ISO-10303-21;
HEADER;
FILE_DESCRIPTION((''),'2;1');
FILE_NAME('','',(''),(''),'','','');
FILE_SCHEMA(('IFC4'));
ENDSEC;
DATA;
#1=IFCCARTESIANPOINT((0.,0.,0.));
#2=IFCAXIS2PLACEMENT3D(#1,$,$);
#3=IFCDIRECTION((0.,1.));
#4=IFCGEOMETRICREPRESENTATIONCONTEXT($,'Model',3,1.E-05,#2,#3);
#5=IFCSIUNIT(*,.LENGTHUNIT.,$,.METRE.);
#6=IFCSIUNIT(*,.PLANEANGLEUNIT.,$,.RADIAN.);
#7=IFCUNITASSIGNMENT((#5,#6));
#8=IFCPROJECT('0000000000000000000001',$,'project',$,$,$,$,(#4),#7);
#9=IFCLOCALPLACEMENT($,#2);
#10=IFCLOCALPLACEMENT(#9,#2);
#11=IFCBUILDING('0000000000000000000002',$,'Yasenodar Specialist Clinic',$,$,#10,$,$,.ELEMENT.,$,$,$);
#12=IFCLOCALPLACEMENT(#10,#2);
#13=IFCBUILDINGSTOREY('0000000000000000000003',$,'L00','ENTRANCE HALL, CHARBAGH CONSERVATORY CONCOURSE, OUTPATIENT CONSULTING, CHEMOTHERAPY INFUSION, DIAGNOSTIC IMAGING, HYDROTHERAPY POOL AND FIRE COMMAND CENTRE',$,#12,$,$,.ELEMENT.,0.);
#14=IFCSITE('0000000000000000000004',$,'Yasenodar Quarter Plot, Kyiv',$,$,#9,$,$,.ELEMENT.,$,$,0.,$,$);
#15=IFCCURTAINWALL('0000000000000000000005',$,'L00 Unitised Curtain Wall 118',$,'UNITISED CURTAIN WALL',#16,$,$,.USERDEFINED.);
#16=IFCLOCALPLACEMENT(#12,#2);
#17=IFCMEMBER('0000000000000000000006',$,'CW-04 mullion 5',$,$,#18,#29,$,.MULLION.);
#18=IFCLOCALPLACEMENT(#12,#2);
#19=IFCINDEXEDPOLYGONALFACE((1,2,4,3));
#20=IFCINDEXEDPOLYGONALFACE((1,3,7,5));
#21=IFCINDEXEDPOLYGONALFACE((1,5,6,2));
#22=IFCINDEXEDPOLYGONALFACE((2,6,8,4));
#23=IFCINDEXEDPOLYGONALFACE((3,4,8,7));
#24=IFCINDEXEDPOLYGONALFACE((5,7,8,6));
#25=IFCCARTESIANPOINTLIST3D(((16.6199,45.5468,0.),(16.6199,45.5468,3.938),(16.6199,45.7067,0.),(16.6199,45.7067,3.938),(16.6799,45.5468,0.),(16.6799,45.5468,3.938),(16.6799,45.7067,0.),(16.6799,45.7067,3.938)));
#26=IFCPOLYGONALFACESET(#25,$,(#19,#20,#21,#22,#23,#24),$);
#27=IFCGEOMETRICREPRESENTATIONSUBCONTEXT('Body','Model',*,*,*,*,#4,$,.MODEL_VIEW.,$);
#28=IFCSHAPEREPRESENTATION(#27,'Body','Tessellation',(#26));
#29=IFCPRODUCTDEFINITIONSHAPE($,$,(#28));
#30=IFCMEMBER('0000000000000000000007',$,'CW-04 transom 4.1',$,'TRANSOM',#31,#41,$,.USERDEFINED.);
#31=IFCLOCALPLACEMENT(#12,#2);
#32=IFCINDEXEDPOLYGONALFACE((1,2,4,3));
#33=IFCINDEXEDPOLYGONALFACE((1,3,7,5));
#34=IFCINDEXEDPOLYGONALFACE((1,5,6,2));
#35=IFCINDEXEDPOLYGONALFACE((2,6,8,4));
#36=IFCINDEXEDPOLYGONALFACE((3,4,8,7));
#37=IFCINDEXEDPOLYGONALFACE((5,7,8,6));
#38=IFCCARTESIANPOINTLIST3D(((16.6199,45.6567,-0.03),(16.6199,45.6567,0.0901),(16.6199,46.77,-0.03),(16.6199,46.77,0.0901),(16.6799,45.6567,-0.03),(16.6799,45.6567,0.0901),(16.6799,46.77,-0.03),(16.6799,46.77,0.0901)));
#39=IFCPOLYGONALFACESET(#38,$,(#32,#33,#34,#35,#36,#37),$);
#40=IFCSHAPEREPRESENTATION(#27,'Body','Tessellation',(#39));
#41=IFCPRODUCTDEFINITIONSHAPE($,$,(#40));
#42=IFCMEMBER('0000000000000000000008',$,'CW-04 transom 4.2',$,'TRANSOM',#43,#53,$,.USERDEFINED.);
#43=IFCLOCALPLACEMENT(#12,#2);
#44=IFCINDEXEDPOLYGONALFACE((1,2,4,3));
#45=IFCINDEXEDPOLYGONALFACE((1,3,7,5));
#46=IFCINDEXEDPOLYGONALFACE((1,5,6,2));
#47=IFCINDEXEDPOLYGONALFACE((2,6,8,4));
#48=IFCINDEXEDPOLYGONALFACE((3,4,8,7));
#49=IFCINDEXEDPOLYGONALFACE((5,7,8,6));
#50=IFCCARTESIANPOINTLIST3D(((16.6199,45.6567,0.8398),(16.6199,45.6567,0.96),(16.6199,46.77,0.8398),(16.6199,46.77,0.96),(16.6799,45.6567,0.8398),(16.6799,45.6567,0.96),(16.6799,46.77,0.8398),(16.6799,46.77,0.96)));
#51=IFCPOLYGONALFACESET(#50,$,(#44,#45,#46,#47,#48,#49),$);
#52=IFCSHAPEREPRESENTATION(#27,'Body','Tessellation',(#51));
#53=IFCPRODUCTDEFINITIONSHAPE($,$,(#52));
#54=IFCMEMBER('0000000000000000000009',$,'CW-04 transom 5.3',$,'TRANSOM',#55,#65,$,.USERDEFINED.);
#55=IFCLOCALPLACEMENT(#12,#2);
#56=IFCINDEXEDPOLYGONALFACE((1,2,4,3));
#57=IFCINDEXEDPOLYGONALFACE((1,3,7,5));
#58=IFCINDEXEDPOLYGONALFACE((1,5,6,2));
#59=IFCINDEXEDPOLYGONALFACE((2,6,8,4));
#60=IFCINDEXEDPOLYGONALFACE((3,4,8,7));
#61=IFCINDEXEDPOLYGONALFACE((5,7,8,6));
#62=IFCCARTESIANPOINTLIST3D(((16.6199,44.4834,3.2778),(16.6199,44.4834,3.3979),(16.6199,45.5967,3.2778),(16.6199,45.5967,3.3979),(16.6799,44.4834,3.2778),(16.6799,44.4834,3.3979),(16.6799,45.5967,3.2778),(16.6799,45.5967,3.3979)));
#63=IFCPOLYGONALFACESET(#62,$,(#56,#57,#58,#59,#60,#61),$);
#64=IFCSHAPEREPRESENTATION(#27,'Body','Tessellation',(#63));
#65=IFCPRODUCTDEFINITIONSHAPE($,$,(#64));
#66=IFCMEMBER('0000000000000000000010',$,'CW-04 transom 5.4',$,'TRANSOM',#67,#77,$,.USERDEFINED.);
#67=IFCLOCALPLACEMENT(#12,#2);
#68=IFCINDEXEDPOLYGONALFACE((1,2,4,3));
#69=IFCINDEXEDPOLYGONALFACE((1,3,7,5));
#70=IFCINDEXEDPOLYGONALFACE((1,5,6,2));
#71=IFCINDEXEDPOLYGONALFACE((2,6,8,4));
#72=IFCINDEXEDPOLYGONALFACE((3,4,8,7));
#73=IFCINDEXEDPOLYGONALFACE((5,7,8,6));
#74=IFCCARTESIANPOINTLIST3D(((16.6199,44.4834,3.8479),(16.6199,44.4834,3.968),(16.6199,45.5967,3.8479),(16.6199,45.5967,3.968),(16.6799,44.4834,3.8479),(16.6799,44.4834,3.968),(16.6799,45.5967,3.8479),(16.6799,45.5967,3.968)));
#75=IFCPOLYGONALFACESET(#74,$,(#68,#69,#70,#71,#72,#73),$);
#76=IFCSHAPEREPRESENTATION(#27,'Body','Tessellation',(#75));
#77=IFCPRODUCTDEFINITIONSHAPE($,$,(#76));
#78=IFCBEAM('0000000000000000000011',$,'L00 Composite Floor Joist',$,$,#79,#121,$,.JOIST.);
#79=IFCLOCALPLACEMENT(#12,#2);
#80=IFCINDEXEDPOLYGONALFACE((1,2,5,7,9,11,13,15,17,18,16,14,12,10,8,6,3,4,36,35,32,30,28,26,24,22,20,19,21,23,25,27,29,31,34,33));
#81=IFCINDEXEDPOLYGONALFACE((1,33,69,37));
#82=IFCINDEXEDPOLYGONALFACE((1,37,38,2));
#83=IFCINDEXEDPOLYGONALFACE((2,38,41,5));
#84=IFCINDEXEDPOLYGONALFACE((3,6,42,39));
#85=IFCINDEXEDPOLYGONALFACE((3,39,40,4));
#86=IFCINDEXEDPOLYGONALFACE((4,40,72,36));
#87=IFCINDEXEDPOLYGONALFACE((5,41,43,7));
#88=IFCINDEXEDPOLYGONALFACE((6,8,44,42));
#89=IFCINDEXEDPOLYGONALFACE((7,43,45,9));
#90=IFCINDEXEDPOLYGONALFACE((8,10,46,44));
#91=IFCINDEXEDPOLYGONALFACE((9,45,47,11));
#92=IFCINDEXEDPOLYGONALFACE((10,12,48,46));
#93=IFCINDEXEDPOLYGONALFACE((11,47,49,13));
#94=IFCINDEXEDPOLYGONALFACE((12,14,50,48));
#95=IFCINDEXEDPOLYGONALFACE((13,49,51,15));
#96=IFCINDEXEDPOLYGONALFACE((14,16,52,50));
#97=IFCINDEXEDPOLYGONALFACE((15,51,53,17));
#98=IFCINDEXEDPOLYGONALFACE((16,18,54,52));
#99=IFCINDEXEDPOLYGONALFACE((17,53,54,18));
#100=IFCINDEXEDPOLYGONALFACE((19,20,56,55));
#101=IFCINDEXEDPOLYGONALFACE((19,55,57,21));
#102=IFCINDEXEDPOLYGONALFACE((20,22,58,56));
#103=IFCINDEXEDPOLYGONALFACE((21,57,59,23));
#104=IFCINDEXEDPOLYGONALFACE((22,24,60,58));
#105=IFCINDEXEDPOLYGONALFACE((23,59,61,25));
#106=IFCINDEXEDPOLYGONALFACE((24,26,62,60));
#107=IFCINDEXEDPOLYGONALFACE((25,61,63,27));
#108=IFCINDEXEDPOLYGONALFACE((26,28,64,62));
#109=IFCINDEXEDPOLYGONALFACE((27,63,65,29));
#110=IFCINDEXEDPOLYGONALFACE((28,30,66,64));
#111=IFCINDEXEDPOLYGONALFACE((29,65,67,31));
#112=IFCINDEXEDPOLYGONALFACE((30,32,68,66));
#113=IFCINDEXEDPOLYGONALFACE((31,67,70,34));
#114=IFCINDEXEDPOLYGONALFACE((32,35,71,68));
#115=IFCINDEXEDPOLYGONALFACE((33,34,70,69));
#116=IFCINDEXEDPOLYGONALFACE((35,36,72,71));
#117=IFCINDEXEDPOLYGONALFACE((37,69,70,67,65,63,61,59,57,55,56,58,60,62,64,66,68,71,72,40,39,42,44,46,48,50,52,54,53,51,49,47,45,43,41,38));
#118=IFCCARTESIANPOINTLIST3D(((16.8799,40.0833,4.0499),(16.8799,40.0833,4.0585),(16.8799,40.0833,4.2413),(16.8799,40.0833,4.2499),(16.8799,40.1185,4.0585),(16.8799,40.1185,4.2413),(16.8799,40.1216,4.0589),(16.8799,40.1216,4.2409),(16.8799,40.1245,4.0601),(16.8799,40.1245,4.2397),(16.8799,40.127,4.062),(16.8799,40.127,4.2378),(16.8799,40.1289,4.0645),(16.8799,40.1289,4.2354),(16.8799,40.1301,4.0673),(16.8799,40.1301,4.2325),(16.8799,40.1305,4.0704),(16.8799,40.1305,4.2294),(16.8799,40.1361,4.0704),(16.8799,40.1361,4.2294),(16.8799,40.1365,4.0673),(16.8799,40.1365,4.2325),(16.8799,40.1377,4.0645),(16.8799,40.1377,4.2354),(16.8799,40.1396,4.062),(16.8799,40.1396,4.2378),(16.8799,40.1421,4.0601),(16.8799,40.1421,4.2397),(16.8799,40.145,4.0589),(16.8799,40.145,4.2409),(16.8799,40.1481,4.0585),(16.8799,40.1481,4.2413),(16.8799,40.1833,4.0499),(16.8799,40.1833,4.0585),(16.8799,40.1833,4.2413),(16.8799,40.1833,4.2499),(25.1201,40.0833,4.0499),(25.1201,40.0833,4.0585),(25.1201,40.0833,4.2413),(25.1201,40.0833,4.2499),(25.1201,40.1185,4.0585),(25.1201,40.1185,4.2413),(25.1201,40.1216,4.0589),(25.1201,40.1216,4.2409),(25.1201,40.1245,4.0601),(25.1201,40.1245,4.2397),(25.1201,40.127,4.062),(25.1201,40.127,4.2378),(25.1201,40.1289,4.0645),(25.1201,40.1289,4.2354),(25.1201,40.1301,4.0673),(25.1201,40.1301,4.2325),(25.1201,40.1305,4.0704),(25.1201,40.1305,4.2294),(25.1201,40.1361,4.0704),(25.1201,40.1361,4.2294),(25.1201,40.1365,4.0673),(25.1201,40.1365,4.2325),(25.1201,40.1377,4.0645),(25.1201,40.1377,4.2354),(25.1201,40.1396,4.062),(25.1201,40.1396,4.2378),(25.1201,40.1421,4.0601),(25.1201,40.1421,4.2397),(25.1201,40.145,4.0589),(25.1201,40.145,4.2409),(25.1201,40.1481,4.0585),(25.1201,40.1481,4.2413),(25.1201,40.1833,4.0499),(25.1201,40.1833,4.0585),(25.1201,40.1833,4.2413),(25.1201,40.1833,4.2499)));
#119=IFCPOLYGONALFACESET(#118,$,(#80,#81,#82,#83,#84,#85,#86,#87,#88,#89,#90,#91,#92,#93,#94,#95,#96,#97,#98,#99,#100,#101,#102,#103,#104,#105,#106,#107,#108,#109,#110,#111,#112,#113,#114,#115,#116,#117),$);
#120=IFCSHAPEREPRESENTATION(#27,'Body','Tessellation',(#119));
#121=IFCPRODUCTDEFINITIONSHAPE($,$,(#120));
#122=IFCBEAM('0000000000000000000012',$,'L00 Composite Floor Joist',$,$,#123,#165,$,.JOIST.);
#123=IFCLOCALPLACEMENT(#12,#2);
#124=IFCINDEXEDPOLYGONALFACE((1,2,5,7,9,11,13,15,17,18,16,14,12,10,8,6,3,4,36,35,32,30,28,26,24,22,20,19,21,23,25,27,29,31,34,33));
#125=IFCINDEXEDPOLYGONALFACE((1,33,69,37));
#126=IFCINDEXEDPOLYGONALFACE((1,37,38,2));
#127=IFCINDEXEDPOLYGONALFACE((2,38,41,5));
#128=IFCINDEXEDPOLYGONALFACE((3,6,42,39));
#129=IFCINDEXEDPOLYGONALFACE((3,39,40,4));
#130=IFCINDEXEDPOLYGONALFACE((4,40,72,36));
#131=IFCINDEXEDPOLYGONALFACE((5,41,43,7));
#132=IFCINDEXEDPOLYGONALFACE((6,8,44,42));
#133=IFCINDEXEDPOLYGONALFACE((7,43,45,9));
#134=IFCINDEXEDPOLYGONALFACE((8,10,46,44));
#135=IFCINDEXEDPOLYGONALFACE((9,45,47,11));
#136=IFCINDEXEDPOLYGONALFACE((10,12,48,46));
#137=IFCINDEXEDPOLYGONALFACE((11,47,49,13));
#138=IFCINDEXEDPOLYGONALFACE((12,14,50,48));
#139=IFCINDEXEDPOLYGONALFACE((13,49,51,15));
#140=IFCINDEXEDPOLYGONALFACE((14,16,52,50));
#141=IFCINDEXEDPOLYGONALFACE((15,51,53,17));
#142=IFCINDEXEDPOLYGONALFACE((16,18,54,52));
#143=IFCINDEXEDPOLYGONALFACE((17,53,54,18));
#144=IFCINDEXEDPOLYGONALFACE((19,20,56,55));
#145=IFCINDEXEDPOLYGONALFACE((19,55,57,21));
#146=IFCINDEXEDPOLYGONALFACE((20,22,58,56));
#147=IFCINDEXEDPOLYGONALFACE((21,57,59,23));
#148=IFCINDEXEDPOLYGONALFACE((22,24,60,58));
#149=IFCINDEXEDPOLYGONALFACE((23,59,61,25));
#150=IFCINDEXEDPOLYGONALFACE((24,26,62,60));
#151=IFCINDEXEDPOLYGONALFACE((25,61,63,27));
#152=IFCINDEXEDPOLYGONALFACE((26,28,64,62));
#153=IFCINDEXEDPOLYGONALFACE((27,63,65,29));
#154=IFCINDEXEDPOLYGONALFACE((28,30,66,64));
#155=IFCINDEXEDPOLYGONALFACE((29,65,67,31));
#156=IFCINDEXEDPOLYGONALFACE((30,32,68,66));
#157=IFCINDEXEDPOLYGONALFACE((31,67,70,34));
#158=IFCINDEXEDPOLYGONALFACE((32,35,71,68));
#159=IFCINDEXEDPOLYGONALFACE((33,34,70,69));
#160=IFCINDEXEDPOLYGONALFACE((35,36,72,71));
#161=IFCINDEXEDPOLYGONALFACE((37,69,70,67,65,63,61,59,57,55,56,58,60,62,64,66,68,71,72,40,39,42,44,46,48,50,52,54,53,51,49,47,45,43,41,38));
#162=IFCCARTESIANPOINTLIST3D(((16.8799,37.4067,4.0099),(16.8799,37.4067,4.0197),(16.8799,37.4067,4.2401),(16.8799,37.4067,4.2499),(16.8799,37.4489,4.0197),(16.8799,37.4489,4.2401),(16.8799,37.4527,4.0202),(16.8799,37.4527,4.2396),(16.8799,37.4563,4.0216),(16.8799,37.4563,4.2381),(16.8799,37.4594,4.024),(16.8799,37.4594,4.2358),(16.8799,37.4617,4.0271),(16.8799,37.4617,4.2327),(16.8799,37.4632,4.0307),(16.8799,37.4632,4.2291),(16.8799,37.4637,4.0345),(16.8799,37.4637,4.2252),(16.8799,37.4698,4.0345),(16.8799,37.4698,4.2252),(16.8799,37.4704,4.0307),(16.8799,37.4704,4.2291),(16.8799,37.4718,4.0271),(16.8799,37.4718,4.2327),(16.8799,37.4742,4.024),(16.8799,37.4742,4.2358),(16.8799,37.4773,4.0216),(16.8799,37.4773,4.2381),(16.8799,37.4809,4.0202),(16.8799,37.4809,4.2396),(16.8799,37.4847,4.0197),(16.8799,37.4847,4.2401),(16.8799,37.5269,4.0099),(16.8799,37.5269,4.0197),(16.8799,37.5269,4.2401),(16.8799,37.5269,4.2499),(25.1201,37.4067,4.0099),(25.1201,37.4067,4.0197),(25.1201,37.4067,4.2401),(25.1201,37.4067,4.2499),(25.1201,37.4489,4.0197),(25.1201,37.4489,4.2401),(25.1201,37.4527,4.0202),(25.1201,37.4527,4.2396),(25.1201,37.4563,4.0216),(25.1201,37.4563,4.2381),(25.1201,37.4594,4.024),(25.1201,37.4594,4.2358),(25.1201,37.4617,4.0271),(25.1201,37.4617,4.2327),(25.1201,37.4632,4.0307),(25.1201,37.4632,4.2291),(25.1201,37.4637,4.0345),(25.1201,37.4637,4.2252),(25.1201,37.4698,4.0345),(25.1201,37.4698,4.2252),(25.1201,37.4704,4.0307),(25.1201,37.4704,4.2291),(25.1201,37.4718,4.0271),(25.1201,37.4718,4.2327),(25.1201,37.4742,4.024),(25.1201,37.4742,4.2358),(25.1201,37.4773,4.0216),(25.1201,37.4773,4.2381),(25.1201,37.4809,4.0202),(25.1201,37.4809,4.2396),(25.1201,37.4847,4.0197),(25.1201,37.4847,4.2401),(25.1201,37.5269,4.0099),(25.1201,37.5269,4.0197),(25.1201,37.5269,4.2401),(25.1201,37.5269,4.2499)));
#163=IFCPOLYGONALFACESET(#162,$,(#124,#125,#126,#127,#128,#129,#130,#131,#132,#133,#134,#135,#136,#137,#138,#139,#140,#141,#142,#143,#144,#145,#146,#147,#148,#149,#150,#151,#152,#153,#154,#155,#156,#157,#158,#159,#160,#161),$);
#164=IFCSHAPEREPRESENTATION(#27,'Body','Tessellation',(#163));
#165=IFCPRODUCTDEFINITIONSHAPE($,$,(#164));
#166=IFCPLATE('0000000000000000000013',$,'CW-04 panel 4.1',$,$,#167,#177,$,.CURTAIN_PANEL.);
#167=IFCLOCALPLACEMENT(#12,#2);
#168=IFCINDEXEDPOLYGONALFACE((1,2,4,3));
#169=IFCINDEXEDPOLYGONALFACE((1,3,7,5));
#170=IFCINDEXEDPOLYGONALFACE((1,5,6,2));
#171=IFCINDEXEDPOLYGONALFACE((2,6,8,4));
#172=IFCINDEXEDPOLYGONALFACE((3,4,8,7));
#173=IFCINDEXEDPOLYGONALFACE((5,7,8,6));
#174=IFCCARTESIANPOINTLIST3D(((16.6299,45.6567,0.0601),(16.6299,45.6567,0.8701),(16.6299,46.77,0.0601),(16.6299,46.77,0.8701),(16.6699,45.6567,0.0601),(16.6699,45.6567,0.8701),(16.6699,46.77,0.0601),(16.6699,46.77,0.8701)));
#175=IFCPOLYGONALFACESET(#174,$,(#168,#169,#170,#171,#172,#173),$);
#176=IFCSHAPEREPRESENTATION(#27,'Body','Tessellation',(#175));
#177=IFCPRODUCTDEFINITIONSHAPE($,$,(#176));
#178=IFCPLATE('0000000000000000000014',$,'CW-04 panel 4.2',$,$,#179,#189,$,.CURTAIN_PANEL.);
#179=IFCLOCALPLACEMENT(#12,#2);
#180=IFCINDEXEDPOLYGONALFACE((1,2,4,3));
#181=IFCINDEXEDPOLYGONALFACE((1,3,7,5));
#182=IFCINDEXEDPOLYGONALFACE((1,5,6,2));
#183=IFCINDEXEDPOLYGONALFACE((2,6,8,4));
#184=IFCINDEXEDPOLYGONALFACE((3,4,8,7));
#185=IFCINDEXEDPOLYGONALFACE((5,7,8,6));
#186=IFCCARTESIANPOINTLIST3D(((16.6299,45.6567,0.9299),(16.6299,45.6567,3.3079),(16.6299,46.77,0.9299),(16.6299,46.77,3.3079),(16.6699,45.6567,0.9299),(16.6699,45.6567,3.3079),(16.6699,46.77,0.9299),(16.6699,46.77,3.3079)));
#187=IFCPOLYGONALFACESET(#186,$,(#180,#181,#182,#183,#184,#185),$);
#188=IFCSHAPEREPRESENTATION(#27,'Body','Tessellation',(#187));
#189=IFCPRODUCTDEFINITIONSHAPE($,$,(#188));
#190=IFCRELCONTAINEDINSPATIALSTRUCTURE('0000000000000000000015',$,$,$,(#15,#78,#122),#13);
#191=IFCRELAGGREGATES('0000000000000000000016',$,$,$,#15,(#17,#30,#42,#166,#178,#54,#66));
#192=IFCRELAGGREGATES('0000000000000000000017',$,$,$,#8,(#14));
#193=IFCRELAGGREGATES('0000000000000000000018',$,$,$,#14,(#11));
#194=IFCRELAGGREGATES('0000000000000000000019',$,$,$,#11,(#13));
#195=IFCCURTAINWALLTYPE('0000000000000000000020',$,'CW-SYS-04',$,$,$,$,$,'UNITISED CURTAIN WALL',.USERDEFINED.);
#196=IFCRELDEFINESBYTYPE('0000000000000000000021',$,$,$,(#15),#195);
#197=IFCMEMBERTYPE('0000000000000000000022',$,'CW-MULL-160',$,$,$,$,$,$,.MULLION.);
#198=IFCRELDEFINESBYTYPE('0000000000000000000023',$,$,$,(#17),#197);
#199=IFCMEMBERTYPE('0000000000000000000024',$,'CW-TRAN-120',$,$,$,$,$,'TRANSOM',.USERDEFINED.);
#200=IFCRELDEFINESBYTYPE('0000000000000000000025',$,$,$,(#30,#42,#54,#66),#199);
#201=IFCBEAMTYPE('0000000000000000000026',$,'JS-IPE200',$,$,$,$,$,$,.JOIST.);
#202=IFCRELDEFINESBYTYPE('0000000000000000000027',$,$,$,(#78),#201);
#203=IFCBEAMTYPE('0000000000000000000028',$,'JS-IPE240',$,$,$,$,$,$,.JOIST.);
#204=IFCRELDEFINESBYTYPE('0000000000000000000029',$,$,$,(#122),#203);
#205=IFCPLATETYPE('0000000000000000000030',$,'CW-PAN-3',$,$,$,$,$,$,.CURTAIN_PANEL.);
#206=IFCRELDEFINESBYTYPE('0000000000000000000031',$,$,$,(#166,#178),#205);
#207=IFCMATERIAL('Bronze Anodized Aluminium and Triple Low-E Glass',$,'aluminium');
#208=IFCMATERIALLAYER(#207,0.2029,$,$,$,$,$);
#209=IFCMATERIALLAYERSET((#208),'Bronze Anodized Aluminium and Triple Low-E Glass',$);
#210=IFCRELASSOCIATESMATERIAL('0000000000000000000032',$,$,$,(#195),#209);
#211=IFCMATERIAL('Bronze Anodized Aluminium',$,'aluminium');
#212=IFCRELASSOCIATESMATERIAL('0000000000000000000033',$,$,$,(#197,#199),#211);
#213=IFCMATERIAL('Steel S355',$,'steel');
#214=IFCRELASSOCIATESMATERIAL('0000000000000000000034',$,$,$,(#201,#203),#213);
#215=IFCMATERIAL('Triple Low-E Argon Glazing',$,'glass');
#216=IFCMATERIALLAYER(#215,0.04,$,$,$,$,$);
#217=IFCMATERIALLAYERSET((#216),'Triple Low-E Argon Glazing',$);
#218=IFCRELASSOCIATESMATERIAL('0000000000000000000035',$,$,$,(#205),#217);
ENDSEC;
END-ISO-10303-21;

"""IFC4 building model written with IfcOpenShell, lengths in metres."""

from ifc_helpers import new_model, si_unit, direction, frame, origin, origin_2d, place, context, subcontext, project, spatial, rectangle, i_section, extrude, material, layer, layer_set, material_profile, profile_set, type_object, element, aggregate, save


model = new_model("IFC4")

# Units and contexts
model_context = context("Model", 3, precision=1e-05, world=origin(), true_north=direction((0.0, 1.0)))
body_context = subcontext(model_context, "Body", "Model", "MODEL_VIEW")
ifc_project = project(units=[si_unit("LENGTHUNIT", "METRE"), si_unit("PLANEANGLEUNIT", "RADIAN")], contexts=[model_context])

# Site, building, storey
site_placement = place(None, origin())
site = spatial("IfcSite", under=ifc_project, at=site_placement, Name="Yasenodar Quarter Plot, Kyiv", CompositionType="ELEMENT", RefElevation=0.0)
building_placement = place(site_placement, origin())
building = spatial("IfcBuilding", under=site, at=building_placement, Name="Yasenodar Specialist Clinic", CompositionType="ELEMENT")
storey_placement = place(building_placement, origin())
storey = spatial("IfcBuildingStorey", under=building, at=storey_placement, Name="L00", Description="ENTRANCE HALL, CHARBAGH CONSERVATORY CONCOURSE, OUTPATIENT CONSULTING, CHEMOTHERAPY INFUSION, DIAGNOSTIC IMAGING, HYDROTHERAPY POOL AND FIRE COMMAND CENTRE", CompositionType="ELEMENT", Elevation=0.0)

# Shared definitions
ifc_material_1 = material(Name="Steel S355", Category="steel")

# Curtain wall, members
ifc_material_2 = material(Name="Bronze Anodized Aluminium and Triple Low-E Glass", Category="aluminium")
ifc_layer_1 = layer(ifc_material_2, 0.2029)
ifc_layer_set_1 = layer_set([ifc_layer_1], Name="Bronze Anodized Aluminium and Triple Low-E Glass")
curtain_wall_type = type_object("IfcCurtainWallType", Name="CW-SYS-04", ElementType="UNITISED CURTAIN WALL", PredefinedType="USERDEFINED", material=ifc_layer_set_1)
curtain_wall_placement = place(storey_placement, origin())
curtain_wall = element("IfcCurtainWall", 1, at=curtain_wall_placement, inside=storey, type_object=curtain_wall_type, Name="L00 Unitised Curtain Wall 118", ObjectType="UNITISED CURTAIN WALL", PredefinedType="USERDEFINED")
ifc_material_3 = material(Name="Bronze Anodized Aluminium", Category="aluminium")
ifc_material_profile_1 = material_profile(ifc_material_3, rectangle(XDim=0.0601, YDim=0.1599, at=origin_2d()), Name="CW-MULL 60x160")
ifc_profile_set_1 = profile_set([ifc_material_profile_1], Name="Bronze Anodized Aluminium")
member_type_1 = type_object("IfcMemberType", Name="CW-MULL-160", PredefinedType="MULLION", material=ifc_profile_set_1)
member_1_placement = place(storey_placement, frame((16.6499, 45.6267, 0.0), z_axis=(0.0, 0.0, 1.0), x_axis=(1.0, 0.0, 0.0)))
member_1 = element("IfcMember", 2, at=member_1_placement, type_object=member_type_1, Name="CW-04 mullion 5", PredefinedType="MULLION", context=body_context, shape_type="SweptSolid", body=[
    extrude(rectangle(XDim=0.0601, YDim=0.1599, at=origin_2d()), origin(), (0.0, 0.0, 1.0), 3.938),
])
ifc_material_profile_2 = material_profile(ifc_material_3, rectangle(XDim=0.0601, YDim=0.1201, at=origin_2d()), Name="CW-TRAN 60x120")
ifc_profile_set_2 = profile_set([ifc_material_profile_2], Name="Bronze Anodized Aluminium")
member_type_2 = type_object("IfcMemberType", Name="CW-TRAN-120", ElementType="TRANSOM", PredefinedType="USERDEFINED", material=ifc_profile_set_2)
member_2_placement = place(storey_placement, frame((16.6499, 46.77, 0.03), z_axis=(0.0, -1.0, 0.0), x_axis=(1.0, 0.0, 0.0)))
member_2 = element("IfcMember", 3, at=member_2_placement, type_object=member_type_2, Name="CW-04 transom 4.1", ObjectType="TRANSOM", PredefinedType="USERDEFINED", context=body_context, shape_type="SweptSolid", body=[
    extrude(rectangle(XDim=0.0601, YDim=0.1201, at=origin_2d()), origin(), (0.0, 0.0, 1.0), 1.1133),
])
member_3_placement = place(storey_placement, frame((16.6499, 46.77, 0.8999), z_axis=(0.0, -1.0, 0.0), x_axis=(1.0, 0.0, 0.0)))
member_3 = element("IfcMember", 4, at=member_3_placement, type_object=member_type_2, Name="CW-04 transom 4.2", ObjectType="TRANSOM", PredefinedType="USERDEFINED", context=body_context, shape_type="SweptSolid", body=[
    extrude(rectangle(XDim=0.0601, YDim=0.1201, at=origin_2d()), origin(), (0.0, 0.0, 1.0), 1.1133),
])
member_4_placement = place(storey_placement, frame((16.6499, 45.5967, 3.3379), z_axis=(0.0, -1.0, 0.0), x_axis=(1.0, 0.0, 0.0)))
member_4 = element("IfcMember", 5, at=member_4_placement, type_object=member_type_2, Name="CW-04 transom 5.3", ObjectType="TRANSOM", PredefinedType="USERDEFINED", context=body_context, shape_type="SweptSolid", body=[
    extrude(rectangle(XDim=0.0601, YDim=0.1201, at=origin_2d()), origin(), (0.0, 0.0, 1.0), 1.1133),
])
member_5_placement = place(storey_placement, frame((16.6499, 45.5967, 3.908), z_axis=(0.0, -1.0, 0.0), x_axis=(1.0, 0.0, 0.0)))
member_5 = element("IfcMember", 6, at=member_5_placement, type_object=member_type_2, Name="CW-04 transom 5.4", ObjectType="TRANSOM", PredefinedType="USERDEFINED", context=body_context, shape_type="SweptSolid", body=[
    extrude(rectangle(XDim=0.0601, YDim=0.1201, at=origin_2d()), origin(), (0.0, 0.0, 1.0), 1.1133),
])

# Beams
ifc_material_profile_3 = material_profile(ifc_material_1, i_section(OverallWidth=0.1001, OverallDepth=0.2, WebThickness=0.0056, FlangeThickness=0.0085, FilletRadius=0.012, at=origin_2d()), Name="IPE 200")
ifc_profile_set_3 = profile_set([ifc_material_profile_3], Name="Steel S355")
beam_type_1 = type_object("IfcBeamType", Name="JS-IPE200", PredefinedType="JOIST", material=ifc_profile_set_3)
beam_1_placement = place(storey_placement, frame((16.8799, 40.1333, 4.1499), z_axis=(1.0, 0.0, 0.0), x_axis=(0.0, 1.0, 0.0)))
element("IfcBeam", 7, at=beam_1_placement, inside=storey, type_object=beam_type_1, Name="L00 Composite Floor Joist", PredefinedType="JOIST", context=body_context, shape_type="SweptSolid", body=[
    extrude(i_section(OverallWidth=0.1001, OverallDepth=0.2, WebThickness=0.0056, FlangeThickness=0.0085, FilletRadius=0.012, at=origin_2d()), origin(), (0.0, 0.0, 1.0), 8.2402),
])
ifc_material_profile_4 = material_profile(ifc_material_1, i_section(OverallWidth=0.1201, OverallDepth=0.24, WebThickness=0.0061, FlangeThickness=0.0098, FilletRadius=0.0149, at=origin_2d()), Name="IPE 240")
ifc_profile_set_4 = profile_set([ifc_material_profile_4], Name="Steel S355")
beam_type_2 = type_object("IfcBeamType", Name="JS-IPE240", PredefinedType="JOIST", material=ifc_profile_set_4)
beam_2_placement = place(storey_placement, frame((16.8799, 37.4668, 4.1299), z_axis=(1.0, 0.0, 0.0), x_axis=(0.0, 1.0, 0.0)))
element("IfcBeam", 8, at=beam_2_placement, inside=storey, type_object=beam_type_2, Name="L00 Composite Floor Joist", PredefinedType="JOIST", context=body_context, shape_type="SweptSolid", body=[
    extrude(i_section(OverallWidth=0.1201, OverallDepth=0.24, WebThickness=0.0061, FlangeThickness=0.0098, FilletRadius=0.0149, at=origin_2d()), origin(), (0.0, 0.0, 1.0), 8.2402),
])

# Plates
ifc_material_4 = material(Name="Triple Low-E Argon Glazing", Category="glass")
ifc_layer_2 = layer(ifc_material_4, 0.04)
ifc_layer_set_2 = layer_set([ifc_layer_2], Name="Triple Low-E Argon Glazing")
plate_type = type_object("IfcPlateType", Name="CW-PAN-3", PredefinedType="CURTAIN_PANEL", material=ifc_layer_set_2)
plate_1_placement = place(storey_placement, frame((16.6499, 46.2134, 0.0601), z_axis=(0.0, 0.0, 1.0), x_axis=(0.0, -1.0, 0.0)))
plate_1 = element("IfcPlate", 9, at=plate_1_placement, type_object=plate_type, Name="CW-04 panel 4.1", PredefinedType="CURTAIN_PANEL", context=body_context, shape_type="SweptSolid", body=[
    extrude(rectangle(XDim=1.1133, YDim=0.04, at=origin_2d()), origin(), (0.0, 0.0, 1.0), 0.8101),
])
plate_2_placement = place(storey_placement, frame((16.6499, 46.2134, 0.9299), z_axis=(0.0, 0.0, 1.0), x_axis=(0.0, -1.0, 0.0)))
plate_2 = element("IfcPlate", 10, at=plate_2_placement, type_object=plate_type, Name="CW-04 panel 4.2", PredefinedType="CURTAIN_PANEL", context=body_context, shape_type="SweptSolid", body=[
    extrude(rectangle(XDim=1.1133, YDim=0.04, at=origin_2d()), origin(), (0.0, 0.0, 1.0), 2.3779),
])
aggregate(curtain_wall, [member_1, member_2, member_3, plate_1, plate_2, member_4, member_5])

save(model, "model.ifc")
